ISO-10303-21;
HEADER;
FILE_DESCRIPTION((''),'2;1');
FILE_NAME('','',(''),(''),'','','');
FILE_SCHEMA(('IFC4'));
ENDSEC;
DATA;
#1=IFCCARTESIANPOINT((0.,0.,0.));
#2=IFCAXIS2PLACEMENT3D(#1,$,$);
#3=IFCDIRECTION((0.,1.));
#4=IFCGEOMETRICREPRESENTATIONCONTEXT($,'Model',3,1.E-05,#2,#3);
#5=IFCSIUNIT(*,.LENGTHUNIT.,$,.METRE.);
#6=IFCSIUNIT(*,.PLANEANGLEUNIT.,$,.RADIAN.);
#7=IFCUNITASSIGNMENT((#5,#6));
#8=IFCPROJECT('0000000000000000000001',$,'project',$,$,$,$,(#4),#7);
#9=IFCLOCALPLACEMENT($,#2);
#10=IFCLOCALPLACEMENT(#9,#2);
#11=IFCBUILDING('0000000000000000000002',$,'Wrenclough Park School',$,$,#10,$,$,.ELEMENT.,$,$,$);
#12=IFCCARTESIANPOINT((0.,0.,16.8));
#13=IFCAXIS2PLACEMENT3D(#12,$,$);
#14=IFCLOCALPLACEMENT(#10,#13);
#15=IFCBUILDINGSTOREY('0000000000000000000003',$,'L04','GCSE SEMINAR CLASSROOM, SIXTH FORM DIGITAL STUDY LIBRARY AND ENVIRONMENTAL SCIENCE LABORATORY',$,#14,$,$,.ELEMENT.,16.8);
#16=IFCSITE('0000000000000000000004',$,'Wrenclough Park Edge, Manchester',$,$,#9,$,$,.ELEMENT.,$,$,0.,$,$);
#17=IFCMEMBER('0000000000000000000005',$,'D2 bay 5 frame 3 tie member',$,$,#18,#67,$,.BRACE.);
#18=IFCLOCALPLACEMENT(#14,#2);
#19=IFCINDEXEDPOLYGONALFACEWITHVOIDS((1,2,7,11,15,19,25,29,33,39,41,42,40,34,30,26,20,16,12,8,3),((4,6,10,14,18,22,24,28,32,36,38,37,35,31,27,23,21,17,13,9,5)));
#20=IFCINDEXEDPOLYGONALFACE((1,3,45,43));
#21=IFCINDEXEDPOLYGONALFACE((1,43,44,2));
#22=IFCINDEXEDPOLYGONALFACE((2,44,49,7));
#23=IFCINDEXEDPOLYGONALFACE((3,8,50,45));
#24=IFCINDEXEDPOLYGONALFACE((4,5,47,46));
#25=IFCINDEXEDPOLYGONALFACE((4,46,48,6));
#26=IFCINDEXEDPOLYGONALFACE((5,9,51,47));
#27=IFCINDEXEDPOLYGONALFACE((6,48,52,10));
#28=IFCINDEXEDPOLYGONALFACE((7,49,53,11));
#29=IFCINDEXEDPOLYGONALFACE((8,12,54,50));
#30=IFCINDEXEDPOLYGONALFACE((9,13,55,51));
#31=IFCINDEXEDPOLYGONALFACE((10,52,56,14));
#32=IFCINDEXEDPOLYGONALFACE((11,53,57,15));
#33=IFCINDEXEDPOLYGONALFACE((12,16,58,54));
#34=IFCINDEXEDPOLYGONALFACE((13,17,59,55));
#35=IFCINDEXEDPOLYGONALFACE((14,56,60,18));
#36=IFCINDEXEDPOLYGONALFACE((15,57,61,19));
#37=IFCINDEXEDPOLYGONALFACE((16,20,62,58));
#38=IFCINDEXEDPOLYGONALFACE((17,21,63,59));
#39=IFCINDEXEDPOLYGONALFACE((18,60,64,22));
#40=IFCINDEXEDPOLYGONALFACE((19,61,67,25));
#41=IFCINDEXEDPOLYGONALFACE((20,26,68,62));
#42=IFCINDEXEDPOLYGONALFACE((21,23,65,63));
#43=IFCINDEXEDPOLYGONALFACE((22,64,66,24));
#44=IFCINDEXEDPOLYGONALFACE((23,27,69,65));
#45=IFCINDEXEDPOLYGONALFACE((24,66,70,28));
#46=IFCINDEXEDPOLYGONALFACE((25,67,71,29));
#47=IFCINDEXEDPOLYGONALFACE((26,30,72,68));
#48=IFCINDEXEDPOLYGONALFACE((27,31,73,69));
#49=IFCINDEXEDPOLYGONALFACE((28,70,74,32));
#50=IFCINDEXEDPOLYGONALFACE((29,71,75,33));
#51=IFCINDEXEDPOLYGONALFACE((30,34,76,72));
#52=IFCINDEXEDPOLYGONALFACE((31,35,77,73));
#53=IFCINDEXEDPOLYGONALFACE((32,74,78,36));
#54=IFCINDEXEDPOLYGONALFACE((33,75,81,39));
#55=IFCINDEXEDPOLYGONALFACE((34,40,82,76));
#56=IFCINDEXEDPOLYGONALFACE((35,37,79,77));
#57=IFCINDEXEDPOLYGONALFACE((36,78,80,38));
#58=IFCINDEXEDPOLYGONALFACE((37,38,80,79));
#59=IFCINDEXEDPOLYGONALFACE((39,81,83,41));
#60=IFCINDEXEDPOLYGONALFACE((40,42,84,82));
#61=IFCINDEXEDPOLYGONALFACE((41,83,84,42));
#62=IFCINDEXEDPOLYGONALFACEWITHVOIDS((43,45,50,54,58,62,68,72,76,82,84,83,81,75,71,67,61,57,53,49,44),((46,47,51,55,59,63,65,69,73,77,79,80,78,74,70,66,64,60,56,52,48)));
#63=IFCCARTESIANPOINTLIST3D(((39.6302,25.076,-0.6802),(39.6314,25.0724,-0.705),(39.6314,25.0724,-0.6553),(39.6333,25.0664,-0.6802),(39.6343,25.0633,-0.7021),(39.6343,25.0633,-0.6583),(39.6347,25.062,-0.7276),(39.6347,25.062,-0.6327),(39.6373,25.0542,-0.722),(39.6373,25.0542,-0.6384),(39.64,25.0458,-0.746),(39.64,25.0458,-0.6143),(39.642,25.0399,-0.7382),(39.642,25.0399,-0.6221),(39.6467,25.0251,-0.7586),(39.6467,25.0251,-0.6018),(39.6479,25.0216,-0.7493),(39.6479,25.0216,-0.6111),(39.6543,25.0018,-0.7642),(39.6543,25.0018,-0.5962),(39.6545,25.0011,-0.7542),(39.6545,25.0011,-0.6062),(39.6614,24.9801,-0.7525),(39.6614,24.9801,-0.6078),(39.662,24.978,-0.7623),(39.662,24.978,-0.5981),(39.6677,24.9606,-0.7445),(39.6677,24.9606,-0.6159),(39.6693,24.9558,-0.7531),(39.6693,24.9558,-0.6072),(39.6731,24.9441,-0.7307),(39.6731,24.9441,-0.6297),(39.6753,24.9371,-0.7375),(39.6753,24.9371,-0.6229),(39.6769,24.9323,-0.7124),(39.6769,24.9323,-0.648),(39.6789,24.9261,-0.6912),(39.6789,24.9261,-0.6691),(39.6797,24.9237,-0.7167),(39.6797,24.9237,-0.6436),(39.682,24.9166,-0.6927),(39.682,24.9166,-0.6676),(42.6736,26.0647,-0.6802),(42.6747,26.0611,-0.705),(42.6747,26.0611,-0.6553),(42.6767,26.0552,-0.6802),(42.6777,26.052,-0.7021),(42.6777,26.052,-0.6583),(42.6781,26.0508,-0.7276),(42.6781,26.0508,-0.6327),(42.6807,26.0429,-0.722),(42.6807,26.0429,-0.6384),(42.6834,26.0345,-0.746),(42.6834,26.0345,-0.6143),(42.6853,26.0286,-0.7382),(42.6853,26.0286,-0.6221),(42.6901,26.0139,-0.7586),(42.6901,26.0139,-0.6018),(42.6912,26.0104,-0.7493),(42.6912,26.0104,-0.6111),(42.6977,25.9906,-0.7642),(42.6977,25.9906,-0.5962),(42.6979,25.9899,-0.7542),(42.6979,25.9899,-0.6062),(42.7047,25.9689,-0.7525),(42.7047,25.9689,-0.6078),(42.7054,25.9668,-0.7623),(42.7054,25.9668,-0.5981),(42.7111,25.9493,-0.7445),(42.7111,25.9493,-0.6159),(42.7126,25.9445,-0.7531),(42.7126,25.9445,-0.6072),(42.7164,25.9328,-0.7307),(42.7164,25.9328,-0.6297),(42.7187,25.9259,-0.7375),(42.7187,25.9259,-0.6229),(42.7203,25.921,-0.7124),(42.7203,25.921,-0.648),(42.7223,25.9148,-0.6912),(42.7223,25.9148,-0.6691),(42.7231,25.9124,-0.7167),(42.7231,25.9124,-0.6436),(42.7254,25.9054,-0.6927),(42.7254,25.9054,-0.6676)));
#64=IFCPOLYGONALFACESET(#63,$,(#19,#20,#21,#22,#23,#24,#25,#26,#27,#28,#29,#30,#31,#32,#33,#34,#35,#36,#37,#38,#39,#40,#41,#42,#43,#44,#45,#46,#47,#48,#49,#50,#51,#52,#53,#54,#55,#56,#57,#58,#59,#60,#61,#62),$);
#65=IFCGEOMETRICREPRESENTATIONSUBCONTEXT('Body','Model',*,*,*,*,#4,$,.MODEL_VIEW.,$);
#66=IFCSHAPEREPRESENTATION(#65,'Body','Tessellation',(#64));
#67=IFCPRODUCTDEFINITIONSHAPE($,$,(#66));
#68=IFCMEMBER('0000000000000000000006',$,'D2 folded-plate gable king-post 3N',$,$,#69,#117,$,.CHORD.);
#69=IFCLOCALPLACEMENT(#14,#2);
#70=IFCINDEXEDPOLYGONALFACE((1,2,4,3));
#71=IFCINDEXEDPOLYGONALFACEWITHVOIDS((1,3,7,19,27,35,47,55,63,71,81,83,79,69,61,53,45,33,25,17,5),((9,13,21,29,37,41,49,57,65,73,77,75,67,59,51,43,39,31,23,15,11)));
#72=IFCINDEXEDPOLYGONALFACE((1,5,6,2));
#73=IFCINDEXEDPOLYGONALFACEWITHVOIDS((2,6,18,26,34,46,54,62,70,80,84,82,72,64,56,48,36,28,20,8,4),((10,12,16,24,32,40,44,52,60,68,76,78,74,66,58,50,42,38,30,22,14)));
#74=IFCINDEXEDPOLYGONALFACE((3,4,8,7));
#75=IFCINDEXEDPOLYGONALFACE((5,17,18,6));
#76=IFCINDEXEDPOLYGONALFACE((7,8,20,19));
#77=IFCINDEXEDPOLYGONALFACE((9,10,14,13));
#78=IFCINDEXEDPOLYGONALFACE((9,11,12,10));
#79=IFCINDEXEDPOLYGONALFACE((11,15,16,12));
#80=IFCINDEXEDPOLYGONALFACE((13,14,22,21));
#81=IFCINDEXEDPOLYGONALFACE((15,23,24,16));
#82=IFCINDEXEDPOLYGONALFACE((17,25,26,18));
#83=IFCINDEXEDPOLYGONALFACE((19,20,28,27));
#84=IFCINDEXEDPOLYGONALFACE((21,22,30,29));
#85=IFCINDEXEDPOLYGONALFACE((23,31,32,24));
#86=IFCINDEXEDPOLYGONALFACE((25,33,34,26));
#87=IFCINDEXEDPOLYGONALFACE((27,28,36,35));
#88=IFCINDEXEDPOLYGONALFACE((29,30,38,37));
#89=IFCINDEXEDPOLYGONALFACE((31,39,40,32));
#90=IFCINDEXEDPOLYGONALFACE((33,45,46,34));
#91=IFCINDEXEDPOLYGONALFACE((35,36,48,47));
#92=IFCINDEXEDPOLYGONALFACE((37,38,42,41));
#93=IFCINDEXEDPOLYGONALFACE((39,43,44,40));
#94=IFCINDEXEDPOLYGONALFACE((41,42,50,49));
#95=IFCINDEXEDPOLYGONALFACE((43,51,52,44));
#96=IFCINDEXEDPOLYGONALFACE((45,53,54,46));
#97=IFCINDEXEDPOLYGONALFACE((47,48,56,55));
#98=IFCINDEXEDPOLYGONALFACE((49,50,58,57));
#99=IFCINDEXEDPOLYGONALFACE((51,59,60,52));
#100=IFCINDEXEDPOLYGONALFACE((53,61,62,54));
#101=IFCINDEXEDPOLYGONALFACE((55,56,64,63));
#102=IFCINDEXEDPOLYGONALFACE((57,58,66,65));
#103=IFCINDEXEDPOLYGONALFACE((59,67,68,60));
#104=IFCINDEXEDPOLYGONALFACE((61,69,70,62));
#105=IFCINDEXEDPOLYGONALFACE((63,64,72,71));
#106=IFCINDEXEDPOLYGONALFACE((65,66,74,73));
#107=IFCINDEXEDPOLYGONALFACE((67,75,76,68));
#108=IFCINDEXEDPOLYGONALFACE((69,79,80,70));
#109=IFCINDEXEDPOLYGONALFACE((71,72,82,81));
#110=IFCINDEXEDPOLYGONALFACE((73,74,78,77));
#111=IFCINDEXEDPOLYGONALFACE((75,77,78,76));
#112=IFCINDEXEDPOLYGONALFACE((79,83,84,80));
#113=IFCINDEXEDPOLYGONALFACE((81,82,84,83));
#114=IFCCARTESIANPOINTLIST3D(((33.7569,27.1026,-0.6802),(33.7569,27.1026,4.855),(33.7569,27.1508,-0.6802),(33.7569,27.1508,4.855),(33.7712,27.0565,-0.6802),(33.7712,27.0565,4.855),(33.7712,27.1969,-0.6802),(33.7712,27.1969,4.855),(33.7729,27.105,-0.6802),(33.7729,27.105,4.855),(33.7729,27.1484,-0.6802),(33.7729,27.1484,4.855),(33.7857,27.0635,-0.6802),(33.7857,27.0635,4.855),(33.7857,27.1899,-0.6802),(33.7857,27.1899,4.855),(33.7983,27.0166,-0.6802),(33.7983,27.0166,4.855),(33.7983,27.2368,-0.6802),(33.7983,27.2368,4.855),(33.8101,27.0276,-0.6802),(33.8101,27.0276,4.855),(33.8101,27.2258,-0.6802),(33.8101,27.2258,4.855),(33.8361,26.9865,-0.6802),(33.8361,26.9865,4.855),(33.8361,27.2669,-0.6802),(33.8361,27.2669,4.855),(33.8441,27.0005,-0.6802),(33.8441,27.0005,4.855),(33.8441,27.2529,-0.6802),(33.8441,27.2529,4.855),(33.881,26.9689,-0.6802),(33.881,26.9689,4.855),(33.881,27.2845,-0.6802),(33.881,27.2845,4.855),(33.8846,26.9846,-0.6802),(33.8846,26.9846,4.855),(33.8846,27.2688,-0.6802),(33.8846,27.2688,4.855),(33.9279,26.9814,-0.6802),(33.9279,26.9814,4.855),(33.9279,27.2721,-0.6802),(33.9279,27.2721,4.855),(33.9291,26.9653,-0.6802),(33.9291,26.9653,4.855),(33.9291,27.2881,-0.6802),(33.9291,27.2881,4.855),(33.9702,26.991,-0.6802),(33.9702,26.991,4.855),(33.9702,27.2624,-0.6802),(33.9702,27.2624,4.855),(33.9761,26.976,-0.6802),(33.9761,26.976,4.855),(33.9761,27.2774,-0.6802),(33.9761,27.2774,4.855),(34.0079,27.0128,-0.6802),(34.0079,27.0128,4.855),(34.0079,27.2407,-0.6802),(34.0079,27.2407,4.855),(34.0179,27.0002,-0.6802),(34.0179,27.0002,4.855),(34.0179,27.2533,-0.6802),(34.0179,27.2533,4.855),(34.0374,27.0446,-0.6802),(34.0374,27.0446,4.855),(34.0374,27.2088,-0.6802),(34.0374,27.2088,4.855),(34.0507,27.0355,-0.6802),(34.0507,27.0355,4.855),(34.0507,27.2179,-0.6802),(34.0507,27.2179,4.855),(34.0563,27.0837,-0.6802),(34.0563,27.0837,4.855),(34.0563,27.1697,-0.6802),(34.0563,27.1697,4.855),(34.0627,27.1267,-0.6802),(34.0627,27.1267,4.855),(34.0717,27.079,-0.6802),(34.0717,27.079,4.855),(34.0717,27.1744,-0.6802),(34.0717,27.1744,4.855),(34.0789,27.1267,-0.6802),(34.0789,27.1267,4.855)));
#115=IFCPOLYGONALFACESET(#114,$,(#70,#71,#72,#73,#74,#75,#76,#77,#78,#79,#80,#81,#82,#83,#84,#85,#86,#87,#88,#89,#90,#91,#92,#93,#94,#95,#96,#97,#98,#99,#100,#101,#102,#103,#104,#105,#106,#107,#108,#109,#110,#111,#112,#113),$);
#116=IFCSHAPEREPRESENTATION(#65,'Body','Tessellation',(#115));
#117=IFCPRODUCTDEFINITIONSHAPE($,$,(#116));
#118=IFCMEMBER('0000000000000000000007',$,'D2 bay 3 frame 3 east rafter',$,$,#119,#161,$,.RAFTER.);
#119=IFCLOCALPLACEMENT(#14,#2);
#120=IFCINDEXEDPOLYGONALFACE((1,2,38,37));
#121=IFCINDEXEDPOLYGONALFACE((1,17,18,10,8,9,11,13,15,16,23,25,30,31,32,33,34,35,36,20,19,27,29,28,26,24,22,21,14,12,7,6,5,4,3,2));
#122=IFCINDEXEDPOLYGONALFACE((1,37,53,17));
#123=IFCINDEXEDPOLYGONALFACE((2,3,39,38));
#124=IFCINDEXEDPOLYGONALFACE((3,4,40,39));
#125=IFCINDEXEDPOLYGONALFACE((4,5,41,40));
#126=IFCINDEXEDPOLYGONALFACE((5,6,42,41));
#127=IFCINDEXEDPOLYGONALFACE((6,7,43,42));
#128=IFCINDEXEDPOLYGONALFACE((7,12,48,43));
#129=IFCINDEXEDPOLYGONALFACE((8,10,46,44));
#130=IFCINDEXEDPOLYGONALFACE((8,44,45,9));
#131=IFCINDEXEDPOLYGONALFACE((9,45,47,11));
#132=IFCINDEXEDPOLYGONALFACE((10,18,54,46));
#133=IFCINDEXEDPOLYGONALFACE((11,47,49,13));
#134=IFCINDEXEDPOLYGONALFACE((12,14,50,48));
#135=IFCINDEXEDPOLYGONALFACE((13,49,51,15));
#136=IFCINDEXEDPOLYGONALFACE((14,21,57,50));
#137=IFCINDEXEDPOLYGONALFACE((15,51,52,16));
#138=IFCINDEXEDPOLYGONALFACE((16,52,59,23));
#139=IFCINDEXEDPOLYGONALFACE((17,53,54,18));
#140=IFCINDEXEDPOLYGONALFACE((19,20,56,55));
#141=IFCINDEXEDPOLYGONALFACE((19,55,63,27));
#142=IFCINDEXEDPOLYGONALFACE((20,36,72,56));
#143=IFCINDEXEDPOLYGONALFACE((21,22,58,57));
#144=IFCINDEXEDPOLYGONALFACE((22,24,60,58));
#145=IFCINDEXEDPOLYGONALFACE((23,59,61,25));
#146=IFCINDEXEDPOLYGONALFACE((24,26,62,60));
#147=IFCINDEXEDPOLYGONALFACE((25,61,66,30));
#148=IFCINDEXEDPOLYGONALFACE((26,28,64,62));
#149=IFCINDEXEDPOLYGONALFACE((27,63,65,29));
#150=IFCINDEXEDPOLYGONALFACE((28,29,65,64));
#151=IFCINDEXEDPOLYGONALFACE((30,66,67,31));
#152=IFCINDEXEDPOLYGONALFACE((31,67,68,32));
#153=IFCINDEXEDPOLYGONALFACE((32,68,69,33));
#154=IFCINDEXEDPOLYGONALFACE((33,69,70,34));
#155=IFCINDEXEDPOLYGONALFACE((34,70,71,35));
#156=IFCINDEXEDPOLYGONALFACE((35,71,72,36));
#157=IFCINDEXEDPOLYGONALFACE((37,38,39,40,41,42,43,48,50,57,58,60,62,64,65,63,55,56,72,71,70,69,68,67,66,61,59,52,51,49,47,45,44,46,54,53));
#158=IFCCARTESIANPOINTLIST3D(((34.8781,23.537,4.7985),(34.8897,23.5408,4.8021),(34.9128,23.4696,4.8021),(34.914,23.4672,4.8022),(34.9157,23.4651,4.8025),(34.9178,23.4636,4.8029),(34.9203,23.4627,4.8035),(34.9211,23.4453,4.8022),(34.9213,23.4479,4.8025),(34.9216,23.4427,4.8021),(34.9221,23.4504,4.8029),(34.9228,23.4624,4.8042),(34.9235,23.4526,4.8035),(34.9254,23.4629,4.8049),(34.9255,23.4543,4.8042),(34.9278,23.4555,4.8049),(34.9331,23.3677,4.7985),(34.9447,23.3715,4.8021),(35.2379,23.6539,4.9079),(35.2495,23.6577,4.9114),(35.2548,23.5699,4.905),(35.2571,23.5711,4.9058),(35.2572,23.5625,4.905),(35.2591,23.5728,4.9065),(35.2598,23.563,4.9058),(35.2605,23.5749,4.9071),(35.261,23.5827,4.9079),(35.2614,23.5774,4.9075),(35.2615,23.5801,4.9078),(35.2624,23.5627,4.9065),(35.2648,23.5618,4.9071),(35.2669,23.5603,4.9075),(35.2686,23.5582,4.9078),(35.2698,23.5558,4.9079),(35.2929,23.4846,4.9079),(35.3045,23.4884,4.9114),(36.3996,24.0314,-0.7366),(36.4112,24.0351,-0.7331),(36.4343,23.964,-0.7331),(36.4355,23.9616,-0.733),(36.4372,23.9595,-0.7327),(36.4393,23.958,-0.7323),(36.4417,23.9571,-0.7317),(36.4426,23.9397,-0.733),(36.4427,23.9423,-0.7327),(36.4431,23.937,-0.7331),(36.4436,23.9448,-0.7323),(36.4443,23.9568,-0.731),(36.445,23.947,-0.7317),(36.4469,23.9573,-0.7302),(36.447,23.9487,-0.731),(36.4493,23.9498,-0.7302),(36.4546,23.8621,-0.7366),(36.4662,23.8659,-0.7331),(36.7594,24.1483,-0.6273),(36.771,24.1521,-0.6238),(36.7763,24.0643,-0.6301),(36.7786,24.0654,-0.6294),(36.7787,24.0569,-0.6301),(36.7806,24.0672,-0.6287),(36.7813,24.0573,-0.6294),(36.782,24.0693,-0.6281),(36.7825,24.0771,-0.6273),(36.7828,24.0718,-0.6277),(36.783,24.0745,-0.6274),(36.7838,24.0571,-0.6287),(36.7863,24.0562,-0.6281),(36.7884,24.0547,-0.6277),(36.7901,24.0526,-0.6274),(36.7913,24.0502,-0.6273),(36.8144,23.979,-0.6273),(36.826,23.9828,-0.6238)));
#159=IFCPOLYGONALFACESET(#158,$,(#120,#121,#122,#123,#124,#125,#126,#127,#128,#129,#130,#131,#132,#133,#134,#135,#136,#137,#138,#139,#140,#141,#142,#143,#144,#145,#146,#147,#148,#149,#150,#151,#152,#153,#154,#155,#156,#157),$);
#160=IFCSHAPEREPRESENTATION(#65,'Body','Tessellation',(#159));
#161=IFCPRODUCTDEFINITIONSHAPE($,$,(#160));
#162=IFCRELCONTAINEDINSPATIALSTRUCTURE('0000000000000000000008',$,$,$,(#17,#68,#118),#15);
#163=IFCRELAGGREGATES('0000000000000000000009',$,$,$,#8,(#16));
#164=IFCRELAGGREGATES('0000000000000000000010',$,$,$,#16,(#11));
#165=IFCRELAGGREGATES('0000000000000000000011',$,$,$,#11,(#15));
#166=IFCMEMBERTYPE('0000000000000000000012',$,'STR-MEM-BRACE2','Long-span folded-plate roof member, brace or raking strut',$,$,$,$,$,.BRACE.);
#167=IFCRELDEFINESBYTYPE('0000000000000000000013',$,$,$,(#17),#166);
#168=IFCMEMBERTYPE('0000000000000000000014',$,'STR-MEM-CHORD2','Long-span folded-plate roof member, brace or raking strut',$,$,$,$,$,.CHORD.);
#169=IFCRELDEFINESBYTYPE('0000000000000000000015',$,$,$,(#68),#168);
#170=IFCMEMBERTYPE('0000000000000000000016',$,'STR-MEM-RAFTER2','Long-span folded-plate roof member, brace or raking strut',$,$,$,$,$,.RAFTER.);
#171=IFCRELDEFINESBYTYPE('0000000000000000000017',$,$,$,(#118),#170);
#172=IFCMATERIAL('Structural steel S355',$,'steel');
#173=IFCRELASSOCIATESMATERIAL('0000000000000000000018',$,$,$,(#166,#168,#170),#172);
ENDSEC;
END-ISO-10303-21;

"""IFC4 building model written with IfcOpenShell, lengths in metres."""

from ifc_helpers import new_model, si_unit, direction, frame, origin, origin_2d, place, context, subcontext, project, spatial, hollow_circle, i_section, extrude, material, material_profile, profile_set, type_object, element, save


model = new_model("IFC4")

# Units and contexts
model_context = context("Model", 3, precision=1e-05, world=origin(), true_north=direction((0.0, 1.0)))
body_context = subcontext(model_context, "Body", "Model", "MODEL_VIEW")
ifc_project = project(units=[si_unit("LENGTHUNIT", "METRE"), si_unit("PLANEANGLEUNIT", "RADIAN")], contexts=[model_context])

# Site, building, storey
site_placement = place(None, origin())
site = spatial("IfcSite", under=ifc_project, at=site_placement, Name="Wrenclough Park Edge, Manchester", CompositionType="ELEMENT", RefElevation=0.0)
building_placement = place(site_placement, origin())
building = spatial("IfcBuilding", under=site, at=building_placement, Name="Wrenclough Park School", CompositionType="ELEMENT")
storey_placement = place(building_placement, frame((0.0, 0.0, 16.8)))
storey = spatial("IfcBuildingStorey", under=building, at=storey_placement, Name="L04", Description="GCSE SEMINAR CLASSROOM, SIXTH FORM DIGITAL STUDY LIBRARY AND ENVIRONMENTAL SCIENCE LABORATORY", CompositionType="ELEMENT", Elevation=16.8)

# Members
ifc_material = material(Name="Structural steel S355", Category="steel")
ifc_material_profile_1 = material_profile(ifc_material, hollow_circle(Radius=0.0842, WallThickness=0.01, at=origin_2d()), Name="CHS 168.3x10.0")
ifc_profile_set_1 = profile_set([ifc_material_profile_1], Name="Structural steel S355")
member_type_1 = type_object("IfcMemberType", Name="STR-MEM-BRACE2", Description="Long-span folded-plate roof member, brace or raking strut", PredefinedType="BRACE", material=ifc_profile_set_1)
for number, where, z_axis, x_axis, name in (
    (1, (39.6562, 24.9958, -0.6802), (0.951067, 0.308986, 0.0), (-0.308986, 0.951067, 0.0), "D2 bay 5 frame 3 tie member"),
):
    element("IfcMember", number, at=place(storey_placement, frame(where, z_axis=z_axis, x_axis=x_axis)), inside=storey, type_object=member_type_1, Name=name, PredefinedType="BRACE", context=body_context, shape_type="SweptSolid", body=[
        extrude(hollow_circle(Radius=0.0842, WallThickness=0.01, at=origin_2d()), origin(), (0.0, 0.0, 1.0), 3.2),
    ])
ifc_material_profile_2 = material_profile(ifc_material, hollow_circle(Radius=0.1619, WallThickness=0.0161, at=origin_2d()), Name="CHS 323.9x16.0")
ifc_profile_set_2 = profile_set([ifc_material_profile_2], Name="Structural steel S355")
member_type_2 = type_object("IfcMemberType", Name="STR-MEM-CHORD2", Description="Long-span folded-plate roof member, brace or raking strut", PredefinedType="CHORD", material=ifc_profile_set_2)
member_placement = place(storey_placement, frame((33.917, 27.1267, -0.6802), z_axis=(0.0, 0.0, 1.0), x_axis=(1.0, 0.0, 0.0)))
element("IfcMember", 2, at=member_placement, inside=storey, type_object=member_type_2, Name="D2 folded-plate gable king-post 3N", PredefinedType="CHORD", context=body_context, shape_type="SweptSolid", body=[
    extrude(hollow_circle(Radius=0.1619, WallThickness=0.0161, at=origin_2d()), origin(), (0.0, 0.0, 1.0), 5.5352),
])
ifc_material_profile_3 = material_profile(ifc_material, i_section(OverallWidth=0.178, OverallDepth=0.4065, WebThickness=0.0078, FlangeThickness=0.0127, FilletRadius=0.0103, at=origin_2d()), Name="UKB 406x178x60")
ifc_profile_set_3 = profile_set([ifc_material_profile_3], Name="Structural steel S355")
member_type_3 = type_object("IfcMemberType", Name="STR-MEM-RAFTER2", Description="Long-span folded-plate roof member, brace or raking strut", PredefinedType="RAFTER", material=ifc_profile_set_3)
for number, where, z_axis, x_axis, name in (
    (3, (35.0913, 23.5127, 4.855), (0.264068, 0.085805, -0.96068), (-0.309031, 0.951052, 0.0), "D2 bay 3 frame 3 east rafter"),
):
    element("IfcMember", number, at=place(storey_placement, frame(where, z_axis=z_axis, x_axis=x_axis)), inside=storey, type_object=member_type_3, Name=name, PredefinedType="RAFTER", context=body_context, shape_type="SweptSolid", body=[
        extrude(i_section(OverallWidth=0.178, OverallDepth=0.4065, WebThickness=0.0078, FlangeThickness=0.0127, FilletRadius=0.0103, at=origin_2d()), origin(), (0.0, 0.0, 1.0), 5.7617),
    ])

save(model, "model.ifc")
